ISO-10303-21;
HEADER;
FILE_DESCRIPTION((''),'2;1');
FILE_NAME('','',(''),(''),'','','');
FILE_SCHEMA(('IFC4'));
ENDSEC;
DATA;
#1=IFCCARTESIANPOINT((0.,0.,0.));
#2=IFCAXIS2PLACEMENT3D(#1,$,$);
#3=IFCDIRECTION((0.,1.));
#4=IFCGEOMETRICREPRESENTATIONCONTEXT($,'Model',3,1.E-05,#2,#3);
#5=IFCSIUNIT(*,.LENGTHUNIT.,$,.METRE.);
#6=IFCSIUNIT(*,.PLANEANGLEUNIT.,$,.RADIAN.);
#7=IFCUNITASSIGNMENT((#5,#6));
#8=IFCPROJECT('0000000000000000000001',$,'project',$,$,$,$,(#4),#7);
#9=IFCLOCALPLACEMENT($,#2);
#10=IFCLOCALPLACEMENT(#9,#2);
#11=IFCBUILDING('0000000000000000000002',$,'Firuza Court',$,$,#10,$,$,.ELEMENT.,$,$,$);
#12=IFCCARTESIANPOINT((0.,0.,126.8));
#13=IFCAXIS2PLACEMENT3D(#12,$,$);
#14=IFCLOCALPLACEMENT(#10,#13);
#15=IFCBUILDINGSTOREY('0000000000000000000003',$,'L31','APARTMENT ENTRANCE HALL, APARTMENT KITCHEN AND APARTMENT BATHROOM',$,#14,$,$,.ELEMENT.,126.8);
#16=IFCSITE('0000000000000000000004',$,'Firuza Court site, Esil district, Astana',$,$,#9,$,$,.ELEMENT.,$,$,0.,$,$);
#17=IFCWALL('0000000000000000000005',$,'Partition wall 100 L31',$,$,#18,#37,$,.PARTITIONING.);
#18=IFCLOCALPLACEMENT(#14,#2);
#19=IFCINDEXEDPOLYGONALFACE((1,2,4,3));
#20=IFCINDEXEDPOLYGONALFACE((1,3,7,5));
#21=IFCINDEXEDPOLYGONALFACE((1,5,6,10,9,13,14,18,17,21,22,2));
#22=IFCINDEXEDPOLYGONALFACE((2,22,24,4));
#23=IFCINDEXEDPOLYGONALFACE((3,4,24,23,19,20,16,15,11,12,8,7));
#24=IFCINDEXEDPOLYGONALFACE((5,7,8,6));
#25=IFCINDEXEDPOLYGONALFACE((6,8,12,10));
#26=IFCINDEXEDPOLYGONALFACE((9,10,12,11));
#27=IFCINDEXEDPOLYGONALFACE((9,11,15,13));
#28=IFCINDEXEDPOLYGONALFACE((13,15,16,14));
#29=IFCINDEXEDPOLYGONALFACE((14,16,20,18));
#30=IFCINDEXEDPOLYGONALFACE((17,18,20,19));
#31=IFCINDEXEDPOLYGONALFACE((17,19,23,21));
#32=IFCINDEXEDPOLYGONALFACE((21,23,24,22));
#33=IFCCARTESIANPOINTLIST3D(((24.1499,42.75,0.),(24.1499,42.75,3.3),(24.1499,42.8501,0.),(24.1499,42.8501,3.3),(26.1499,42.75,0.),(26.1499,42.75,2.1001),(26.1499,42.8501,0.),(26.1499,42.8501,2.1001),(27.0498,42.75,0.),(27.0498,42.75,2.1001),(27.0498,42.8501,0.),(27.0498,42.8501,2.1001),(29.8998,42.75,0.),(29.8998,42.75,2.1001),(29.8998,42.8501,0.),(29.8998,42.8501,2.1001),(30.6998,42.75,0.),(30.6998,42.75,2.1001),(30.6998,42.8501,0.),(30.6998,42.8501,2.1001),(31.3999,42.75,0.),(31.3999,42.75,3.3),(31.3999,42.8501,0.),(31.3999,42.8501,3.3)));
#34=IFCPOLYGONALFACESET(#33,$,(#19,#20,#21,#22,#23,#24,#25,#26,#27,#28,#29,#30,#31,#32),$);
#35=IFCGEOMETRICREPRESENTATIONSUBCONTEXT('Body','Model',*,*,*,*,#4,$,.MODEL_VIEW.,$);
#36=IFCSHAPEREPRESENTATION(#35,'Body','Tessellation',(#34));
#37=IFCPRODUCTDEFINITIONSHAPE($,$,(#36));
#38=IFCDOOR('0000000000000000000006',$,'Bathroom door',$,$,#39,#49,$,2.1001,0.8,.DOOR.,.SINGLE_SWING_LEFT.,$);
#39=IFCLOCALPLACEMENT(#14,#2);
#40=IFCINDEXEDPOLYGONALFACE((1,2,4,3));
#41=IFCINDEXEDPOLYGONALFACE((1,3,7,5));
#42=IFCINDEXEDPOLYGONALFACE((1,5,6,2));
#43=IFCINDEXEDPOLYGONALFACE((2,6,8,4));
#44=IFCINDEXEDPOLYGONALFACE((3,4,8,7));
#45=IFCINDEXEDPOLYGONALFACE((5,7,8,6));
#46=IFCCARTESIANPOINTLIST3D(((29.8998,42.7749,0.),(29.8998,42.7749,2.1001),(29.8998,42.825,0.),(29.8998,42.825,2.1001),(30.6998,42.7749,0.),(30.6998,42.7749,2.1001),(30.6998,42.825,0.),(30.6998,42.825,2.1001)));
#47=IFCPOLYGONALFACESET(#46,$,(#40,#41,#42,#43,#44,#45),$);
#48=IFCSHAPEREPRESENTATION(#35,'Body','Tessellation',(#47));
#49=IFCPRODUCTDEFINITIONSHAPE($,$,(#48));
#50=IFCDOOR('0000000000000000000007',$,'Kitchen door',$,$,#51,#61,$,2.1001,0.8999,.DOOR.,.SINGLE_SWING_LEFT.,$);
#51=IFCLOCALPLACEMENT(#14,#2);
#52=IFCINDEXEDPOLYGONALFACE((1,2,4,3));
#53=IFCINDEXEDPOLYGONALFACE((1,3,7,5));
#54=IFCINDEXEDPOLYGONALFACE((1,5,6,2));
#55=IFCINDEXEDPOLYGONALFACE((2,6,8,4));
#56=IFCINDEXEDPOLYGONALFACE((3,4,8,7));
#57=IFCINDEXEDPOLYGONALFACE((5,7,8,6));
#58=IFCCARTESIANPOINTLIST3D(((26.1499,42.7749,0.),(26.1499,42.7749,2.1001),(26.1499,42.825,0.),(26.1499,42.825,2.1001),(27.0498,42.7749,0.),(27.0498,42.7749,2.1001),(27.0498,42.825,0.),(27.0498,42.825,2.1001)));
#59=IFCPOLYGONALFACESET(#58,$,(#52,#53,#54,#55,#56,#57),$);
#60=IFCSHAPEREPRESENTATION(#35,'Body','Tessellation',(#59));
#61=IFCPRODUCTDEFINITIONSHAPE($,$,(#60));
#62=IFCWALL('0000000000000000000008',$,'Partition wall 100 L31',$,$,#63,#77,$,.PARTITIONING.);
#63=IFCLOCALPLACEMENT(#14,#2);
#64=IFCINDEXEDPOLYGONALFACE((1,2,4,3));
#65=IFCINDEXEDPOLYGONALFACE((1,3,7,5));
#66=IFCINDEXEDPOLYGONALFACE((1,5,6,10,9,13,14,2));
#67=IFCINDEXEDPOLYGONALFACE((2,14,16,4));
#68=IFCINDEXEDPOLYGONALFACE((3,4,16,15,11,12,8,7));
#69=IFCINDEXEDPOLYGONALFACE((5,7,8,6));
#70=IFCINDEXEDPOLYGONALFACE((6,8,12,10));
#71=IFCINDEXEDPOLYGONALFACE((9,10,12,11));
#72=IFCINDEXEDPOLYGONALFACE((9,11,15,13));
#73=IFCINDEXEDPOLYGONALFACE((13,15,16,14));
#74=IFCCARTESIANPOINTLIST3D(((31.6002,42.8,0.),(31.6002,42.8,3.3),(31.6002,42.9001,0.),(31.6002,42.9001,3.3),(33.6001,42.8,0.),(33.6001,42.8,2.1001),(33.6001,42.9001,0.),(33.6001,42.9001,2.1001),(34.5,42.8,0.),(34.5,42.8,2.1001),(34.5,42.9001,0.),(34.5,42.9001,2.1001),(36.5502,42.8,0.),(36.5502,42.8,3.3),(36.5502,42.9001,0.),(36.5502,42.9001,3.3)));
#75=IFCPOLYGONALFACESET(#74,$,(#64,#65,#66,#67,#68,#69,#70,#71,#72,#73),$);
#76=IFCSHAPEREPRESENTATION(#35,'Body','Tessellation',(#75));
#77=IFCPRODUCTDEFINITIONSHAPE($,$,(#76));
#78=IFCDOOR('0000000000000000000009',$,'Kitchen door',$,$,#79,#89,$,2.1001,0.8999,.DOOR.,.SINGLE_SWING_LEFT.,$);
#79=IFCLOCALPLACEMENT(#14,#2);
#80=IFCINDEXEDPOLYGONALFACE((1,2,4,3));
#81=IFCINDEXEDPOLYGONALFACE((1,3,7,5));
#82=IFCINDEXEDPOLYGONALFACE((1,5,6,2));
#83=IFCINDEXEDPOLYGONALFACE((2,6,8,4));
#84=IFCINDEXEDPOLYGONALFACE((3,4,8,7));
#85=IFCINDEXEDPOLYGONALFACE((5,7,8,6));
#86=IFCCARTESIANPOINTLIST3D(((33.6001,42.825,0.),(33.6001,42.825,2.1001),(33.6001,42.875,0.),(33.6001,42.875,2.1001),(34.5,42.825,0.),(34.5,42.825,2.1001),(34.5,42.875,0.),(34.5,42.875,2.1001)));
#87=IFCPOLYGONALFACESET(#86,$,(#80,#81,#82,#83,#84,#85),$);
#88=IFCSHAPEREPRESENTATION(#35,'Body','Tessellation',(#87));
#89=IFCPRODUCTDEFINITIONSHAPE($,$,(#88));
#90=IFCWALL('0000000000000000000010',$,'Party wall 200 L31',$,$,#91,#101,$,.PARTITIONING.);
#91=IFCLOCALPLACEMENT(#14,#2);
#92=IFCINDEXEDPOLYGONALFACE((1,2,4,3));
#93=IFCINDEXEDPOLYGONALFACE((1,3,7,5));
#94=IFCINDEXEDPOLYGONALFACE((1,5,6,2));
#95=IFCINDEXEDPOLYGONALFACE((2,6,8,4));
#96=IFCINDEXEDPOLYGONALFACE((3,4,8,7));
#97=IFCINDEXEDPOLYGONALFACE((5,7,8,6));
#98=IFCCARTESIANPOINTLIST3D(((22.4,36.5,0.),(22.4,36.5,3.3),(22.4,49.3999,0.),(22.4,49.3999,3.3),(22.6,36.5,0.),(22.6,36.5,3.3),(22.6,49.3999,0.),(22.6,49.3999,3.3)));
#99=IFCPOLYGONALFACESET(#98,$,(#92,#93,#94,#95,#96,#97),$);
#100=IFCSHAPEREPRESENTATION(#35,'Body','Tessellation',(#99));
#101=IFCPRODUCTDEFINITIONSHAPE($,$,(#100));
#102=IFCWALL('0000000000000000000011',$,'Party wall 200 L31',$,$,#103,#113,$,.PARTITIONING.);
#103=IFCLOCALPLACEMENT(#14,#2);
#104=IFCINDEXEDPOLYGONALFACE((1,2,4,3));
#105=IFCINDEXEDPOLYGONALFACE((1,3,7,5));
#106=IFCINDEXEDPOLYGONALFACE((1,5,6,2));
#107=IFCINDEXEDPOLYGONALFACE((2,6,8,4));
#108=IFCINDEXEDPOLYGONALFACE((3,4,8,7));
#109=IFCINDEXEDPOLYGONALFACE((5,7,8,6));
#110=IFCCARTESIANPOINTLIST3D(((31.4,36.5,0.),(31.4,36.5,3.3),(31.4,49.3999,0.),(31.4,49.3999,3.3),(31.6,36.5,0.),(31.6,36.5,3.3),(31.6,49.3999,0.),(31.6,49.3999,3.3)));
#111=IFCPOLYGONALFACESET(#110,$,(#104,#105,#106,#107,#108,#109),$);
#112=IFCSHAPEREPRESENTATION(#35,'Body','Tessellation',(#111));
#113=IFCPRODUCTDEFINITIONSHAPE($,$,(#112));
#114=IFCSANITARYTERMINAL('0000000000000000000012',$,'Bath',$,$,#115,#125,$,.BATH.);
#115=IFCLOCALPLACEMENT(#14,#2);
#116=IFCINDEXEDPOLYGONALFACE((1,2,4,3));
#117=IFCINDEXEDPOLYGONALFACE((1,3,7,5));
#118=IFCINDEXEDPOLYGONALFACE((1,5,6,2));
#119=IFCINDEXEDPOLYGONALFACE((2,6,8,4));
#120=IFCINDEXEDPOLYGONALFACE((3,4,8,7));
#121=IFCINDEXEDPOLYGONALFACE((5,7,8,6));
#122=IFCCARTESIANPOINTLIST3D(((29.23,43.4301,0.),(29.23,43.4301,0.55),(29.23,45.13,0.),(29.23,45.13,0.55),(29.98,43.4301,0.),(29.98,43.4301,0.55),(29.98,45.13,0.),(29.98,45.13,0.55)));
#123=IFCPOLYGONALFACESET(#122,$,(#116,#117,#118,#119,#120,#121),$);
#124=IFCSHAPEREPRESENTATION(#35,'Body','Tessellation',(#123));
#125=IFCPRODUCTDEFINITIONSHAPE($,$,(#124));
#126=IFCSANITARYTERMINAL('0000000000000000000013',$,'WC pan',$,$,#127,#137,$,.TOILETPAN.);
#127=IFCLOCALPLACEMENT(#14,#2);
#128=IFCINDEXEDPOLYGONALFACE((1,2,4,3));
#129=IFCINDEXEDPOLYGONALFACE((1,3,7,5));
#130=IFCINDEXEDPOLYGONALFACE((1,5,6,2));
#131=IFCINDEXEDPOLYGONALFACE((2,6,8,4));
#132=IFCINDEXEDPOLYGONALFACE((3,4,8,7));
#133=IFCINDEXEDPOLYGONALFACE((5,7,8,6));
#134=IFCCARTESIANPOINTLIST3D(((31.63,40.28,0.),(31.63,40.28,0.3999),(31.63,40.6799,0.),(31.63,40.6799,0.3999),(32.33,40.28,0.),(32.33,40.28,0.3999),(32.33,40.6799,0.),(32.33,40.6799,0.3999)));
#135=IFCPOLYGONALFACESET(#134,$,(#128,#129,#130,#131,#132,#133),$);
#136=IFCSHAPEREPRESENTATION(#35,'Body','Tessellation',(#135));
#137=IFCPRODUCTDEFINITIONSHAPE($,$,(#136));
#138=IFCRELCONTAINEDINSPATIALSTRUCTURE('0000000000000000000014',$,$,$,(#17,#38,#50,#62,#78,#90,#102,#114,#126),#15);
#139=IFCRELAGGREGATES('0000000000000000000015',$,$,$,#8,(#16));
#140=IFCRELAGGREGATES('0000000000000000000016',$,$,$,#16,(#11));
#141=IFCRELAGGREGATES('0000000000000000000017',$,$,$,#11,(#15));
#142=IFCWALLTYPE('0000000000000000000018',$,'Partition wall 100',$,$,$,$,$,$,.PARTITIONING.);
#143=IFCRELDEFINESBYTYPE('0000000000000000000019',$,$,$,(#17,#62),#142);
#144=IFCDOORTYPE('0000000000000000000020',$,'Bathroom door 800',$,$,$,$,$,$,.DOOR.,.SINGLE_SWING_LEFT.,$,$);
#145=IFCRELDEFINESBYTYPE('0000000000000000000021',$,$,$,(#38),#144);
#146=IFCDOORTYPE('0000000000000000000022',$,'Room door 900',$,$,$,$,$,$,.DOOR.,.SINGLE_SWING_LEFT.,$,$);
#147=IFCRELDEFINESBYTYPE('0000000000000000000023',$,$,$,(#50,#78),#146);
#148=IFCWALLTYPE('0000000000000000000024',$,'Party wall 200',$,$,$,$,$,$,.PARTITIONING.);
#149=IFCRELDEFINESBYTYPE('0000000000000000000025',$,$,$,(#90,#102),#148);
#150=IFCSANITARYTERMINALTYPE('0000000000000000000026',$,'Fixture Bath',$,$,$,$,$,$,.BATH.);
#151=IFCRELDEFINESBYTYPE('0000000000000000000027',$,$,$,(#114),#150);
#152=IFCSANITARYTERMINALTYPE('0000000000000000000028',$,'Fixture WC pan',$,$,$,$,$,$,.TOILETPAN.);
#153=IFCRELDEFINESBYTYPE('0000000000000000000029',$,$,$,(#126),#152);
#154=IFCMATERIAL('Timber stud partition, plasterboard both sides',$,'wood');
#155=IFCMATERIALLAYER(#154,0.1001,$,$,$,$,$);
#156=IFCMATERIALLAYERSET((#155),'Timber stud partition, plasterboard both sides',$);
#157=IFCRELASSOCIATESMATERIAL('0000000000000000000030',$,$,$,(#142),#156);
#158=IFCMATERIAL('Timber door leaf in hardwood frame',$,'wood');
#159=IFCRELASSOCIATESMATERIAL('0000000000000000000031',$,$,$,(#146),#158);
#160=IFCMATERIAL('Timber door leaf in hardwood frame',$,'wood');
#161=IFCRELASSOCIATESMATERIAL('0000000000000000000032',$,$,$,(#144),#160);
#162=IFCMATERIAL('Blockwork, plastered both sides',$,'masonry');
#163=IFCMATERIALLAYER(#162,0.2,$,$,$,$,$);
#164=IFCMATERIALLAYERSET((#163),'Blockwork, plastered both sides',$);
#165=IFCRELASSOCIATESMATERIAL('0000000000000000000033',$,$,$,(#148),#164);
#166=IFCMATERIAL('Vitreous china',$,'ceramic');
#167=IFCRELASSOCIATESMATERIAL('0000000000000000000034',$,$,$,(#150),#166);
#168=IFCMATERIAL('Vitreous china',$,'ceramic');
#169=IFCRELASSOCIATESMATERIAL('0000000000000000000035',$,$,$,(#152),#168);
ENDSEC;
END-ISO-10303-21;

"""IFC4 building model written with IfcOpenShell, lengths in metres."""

from ifc_helpers import new_model, si_unit, direction, frame, frame_2d, origin, origin_2d, place, context, subcontext, project, spatial, rectangle, extrude, material, layer, layer_set, type_object, element, fill, save


model = new_model("IFC4")

# Units and contexts
model_context = context("Model", 3, precision=1e-05, world=origin(), true_north=direction((0.0, 1.0)))
body_context = subcontext(model_context, "Body", "Model", "MODEL_VIEW")
ifc_project = project(units=[si_unit("LENGTHUNIT", "METRE"), si_unit("PLANEANGLEUNIT", "RADIAN")], contexts=[model_context])

# Site, building, storey
site_placement = place(None, origin())
site = spatial("IfcSite", under=ifc_project, at=site_placement, Name="Firuza Court site, Esil district, Astana", CompositionType="ELEMENT", RefElevation=0.0)
building_placement = place(site_placement, origin())
building = spatial("IfcBuilding", under=site, at=building_placement, Name="Firuza Court", CompositionType="ELEMENT")
storey_placement = place(building_placement, frame((0.0, 0.0, 126.8)))
storey = spatial("IfcBuildingStorey", under=building, at=storey_placement, Name="L31", Description="APARTMENT ENTRANCE HALL, APARTMENT KITCHEN AND APARTMENT BATHROOM", CompositionType="ELEMENT", Elevation=126.8)

# Shared definitions
ifc_material_1 = material(Name="Timber stud partition, plasterboard both sides", Category="wood")
ifc_layer_1 = layer(ifc_material_1, 0.1001)
ifc_layer_set_1 = layer_set([ifc_layer_1], Name="Timber stud partition, plasterboard both sides")
wall_type_1 = type_object("IfcWallType", Name="Partition wall 100", PredefinedType="PARTITIONING", material=ifc_layer_set_1)

# Shared definitions
ifc_material_2 = material(Name="Timber door leaf in hardwood frame", Category="wood")
door_type_1 = type_object("IfcDoorType", Name="Room door 900", OperationType="SINGLE_SWING_LEFT", PredefinedType="DOOR", material=ifc_material_2)

# Wall, openings, doors
wall_1_placement = place(storey_placement, frame((24.1499, 42.8, 0.0), z_axis=(0.0, 0.0, 1.0), x_axis=(1.0, 0.0, 0.0)))
wall_1 = element("IfcWall", 1, at=wall_1_placement, inside=storey, type_object=wall_type_1, Name="Partition wall 100 L31", PredefinedType="PARTITIONING", context=body_context, shape_type="SweptSolid", body=[
    extrude(rectangle(XDim=7.25, YDim=0.1001, at=frame_2d((3.625, 0.0))), origin(), (0.0, 0.0, 1.0), 3.3),
])
opening_1_placement = place(wall_1_placement, frame((5.75, 0.0, 0.0)))
opening_1 = element("IfcOpeningElement", 2, at=opening_1_placement, cuts=wall_1, PredefinedType="OPENING", context=body_context, shape_type="SweptSolid", body=[
    extrude(rectangle(XDim=0.8, YDim=2.1001, at=frame_2d((0.3999, 1.05))), frame((0.0, 0.062, 0.0), z_axis=(0.0, -1.0, 0.0), x_axis=(1.0, 0.0, 0.0)), (0.0, 0.0, 1.0), 0.124),
])
opening_2_placement = place(wall_1_placement, frame((2.0, 0.0, 0.0)))
opening_2 = element("IfcOpeningElement", 3, at=opening_2_placement, cuts=wall_1, PredefinedType="OPENING", context=body_context, shape_type="SweptSolid", body=[
    extrude(rectangle(XDim=0.8999, YDim=2.1001, at=frame_2d((0.45, 1.05))), frame((0.0, 0.062, 0.0), z_axis=(0.0, -1.0, 0.0), x_axis=(1.0, 0.0, 0.0)), (0.0, 0.0, 1.0), 0.124),
])
ifc_material_3 = material(Name="Timber door leaf in hardwood frame", Category="wood")
door_type_2 = type_object("IfcDoorType", Name="Bathroom door 800", OperationType="SINGLE_SWING_LEFT", PredefinedType="DOOR", material=ifc_material_3)
door_1_placement = place(opening_1_placement, origin())
door_1 = element("IfcDoor", 4, at=door_1_placement, inside=storey, type_object=door_type_2, Name="Bathroom door", OperationType="SINGLE_SWING_LEFT", OverallHeight=2.1001, OverallWidth=0.8, PredefinedType="DOOR", context=body_context, shape_type="SweptSolid", body=[
    extrude(rectangle(XDim=0.8, YDim=2.1001, at=frame_2d((0.3999, 1.05))), frame((0.0, 0.0249, 0.0), z_axis=(0.0, -1.0, 0.0), x_axis=(1.0, 0.0, 0.0)), (0.0, 0.0, 1.0), 0.05),
])
fill(opening_1, door_1)
door_2_placement = place(opening_2_placement, origin())
door_2 = element("IfcDoor", 5, at=door_2_placement, inside=storey, type_object=door_type_1, Name="Kitchen door", OperationType="SINGLE_SWING_LEFT", OverallHeight=2.1001, OverallWidth=0.8999, PredefinedType="DOOR", context=body_context, shape_type="SweptSolid", body=[
    extrude(rectangle(XDim=0.8999, YDim=2.1001, at=frame_2d((0.45, 1.05))), frame((0.0, 0.0249, 0.0), z_axis=(0.0, -1.0, 0.0), x_axis=(1.0, 0.0, 0.0)), (0.0, 0.0, 1.0), 0.05),
])
fill(opening_2, door_2)

# Wall, opening, door
wall_2_placement = place(storey_placement, frame((31.6001, 42.8501, 0.0), z_axis=(0.0, 0.0, 1.0), x_axis=(1.0, 0.0, 0.0)))
wall_2 = element("IfcWall", 6, at=wall_2_placement, inside=storey, type_object=wall_type_1, Name="Partition wall 100 L31", PredefinedType="PARTITIONING", context=body_context, shape_type="SweptSolid", body=[
    extrude(rectangle(XDim=4.95, YDim=0.1001, at=frame_2d((2.4751, 0.0))), origin(), (0.0, 0.0, 1.0), 3.3),
])
opening_3_placement = place(wall_2_placement, frame((2.0, 0.0, 0.0)))
opening_3 = element("IfcOpeningElement", 7, at=opening_3_placement, cuts=wall_2, PredefinedType="OPENING", context=body_context, shape_type="SweptSolid", body=[
    extrude(rectangle(XDim=0.8999, YDim=2.1001, at=frame_2d((0.45, 1.05))), frame((0.0, 0.062, 0.0), z_axis=(0.0, -1.0, 0.0), x_axis=(1.0, 0.0, 0.0)), (0.0, 0.0, 1.0), 0.124),
])
door_3_placement = place(opening_3_placement, origin())
door_3 = element("IfcDoor", 8, at=door_3_placement, inside=storey, type_object=door_type_1, Name="Kitchen door", OperationType="SINGLE_SWING_LEFT", OverallHeight=2.1001, OverallWidth=0.8999, PredefinedType="DOOR", context=body_context, shape_type="SweptSolid", body=[
    extrude(rectangle(XDim=0.8999, YDim=2.1001, at=frame_2d((0.45, 1.05))), frame((0.0, 0.0249, 0.0), z_axis=(0.0, -1.0, 0.0), x_axis=(1.0, 0.0, 0.0)), (0.0, 0.0, 1.0), 0.05),
])
fill(opening_3, door_3)

# Walls
ifc_material_4 = material(Name="Blockwork, plastered both sides", Category="masonry")
ifc_layer_2 = layer(ifc_material_4, 0.2)
ifc_layer_set_2 = layer_set([ifc_layer_2], Name="Blockwork, plastered both sides")
wall_type_2 = type_object("IfcWallType", Name="Party wall 200", PredefinedType="PARTITIONING", material=ifc_layer_set_2)
for number, where, z_axis, x_axis, name in (
    (9, (22.5, 36.5, 0.0), (0.0, 0.0, 1.0), (0.0, 1.0, 0.0), "Party wall 200 L31"),
    (10, (31.5, 36.5, 0.0), (0.0, 0.0, 1.0), (0.0, 1.0, 0.0), "Party wall 200 L31"),
):
    element("IfcWall", number, at=place(storey_placement, frame(where, z_axis=z_axis, x_axis=x_axis)), inside=storey, type_object=wall_type_2, Name=name, PredefinedType="PARTITIONING", context=body_context, shape_type="SweptSolid", body=[
        extrude(rectangle(XDim=12.8999, YDim=0.2, at=frame_2d((6.45, 0.0))), origin(), (0.0, 0.0, 1.0), 3.3),
    ])

# Sanitary terminals
ifc_material_5 = material(Name="Vitreous china", Category="ceramic")
sanitary_terminal_type_1 = type_object("IfcSanitaryTerminalType", Name="Fixture Bath", PredefinedType="BATH", material=ifc_material_5)
sanitary_terminal_1_placement = place(storey_placement, frame((29.605, 44.28, 0.0), z_axis=(0.0, 0.0, 1.0), x_axis=(1.0, 0.0, 0.0)))
element("IfcSanitaryTerminal", 11, at=sanitary_terminal_1_placement, inside=storey, type_object=sanitary_terminal_type_1, Name="Bath", PredefinedType="BATH", context=body_context, shape_type="SweptSolid", body=[
    extrude(rectangle(XDim=0.75, YDim=1.7, at=origin_2d()), origin(), (0.0, 0.0, 1.0), 0.55),
])
ifc_material_6 = material(Name="Vitreous china", Category="ceramic")
sanitary_terminal_type_2 = type_object("IfcSanitaryTerminalType", Name="Fixture WC pan", PredefinedType="TOILETPAN", material=ifc_material_6)
sanitary_terminal_2_placement = place(storey_placement, frame((31.98, 40.48, 0.0), z_axis=(0.0, 0.0, 1.0), x_axis=(1.0, 0.0, 0.0)))
element("IfcSanitaryTerminal", 12, at=sanitary_terminal_2_placement, inside=storey, type_object=sanitary_terminal_type_2, Name="WC pan", PredefinedType="TOILETPAN", context=body_context, shape_type="SweptSolid", body=[
    extrude(rectangle(XDim=0.7, YDim=0.3999, at=origin_2d()), origin(), (0.0, 0.0, 1.0), 0.3999),
])

save(model, "model.ifc")
